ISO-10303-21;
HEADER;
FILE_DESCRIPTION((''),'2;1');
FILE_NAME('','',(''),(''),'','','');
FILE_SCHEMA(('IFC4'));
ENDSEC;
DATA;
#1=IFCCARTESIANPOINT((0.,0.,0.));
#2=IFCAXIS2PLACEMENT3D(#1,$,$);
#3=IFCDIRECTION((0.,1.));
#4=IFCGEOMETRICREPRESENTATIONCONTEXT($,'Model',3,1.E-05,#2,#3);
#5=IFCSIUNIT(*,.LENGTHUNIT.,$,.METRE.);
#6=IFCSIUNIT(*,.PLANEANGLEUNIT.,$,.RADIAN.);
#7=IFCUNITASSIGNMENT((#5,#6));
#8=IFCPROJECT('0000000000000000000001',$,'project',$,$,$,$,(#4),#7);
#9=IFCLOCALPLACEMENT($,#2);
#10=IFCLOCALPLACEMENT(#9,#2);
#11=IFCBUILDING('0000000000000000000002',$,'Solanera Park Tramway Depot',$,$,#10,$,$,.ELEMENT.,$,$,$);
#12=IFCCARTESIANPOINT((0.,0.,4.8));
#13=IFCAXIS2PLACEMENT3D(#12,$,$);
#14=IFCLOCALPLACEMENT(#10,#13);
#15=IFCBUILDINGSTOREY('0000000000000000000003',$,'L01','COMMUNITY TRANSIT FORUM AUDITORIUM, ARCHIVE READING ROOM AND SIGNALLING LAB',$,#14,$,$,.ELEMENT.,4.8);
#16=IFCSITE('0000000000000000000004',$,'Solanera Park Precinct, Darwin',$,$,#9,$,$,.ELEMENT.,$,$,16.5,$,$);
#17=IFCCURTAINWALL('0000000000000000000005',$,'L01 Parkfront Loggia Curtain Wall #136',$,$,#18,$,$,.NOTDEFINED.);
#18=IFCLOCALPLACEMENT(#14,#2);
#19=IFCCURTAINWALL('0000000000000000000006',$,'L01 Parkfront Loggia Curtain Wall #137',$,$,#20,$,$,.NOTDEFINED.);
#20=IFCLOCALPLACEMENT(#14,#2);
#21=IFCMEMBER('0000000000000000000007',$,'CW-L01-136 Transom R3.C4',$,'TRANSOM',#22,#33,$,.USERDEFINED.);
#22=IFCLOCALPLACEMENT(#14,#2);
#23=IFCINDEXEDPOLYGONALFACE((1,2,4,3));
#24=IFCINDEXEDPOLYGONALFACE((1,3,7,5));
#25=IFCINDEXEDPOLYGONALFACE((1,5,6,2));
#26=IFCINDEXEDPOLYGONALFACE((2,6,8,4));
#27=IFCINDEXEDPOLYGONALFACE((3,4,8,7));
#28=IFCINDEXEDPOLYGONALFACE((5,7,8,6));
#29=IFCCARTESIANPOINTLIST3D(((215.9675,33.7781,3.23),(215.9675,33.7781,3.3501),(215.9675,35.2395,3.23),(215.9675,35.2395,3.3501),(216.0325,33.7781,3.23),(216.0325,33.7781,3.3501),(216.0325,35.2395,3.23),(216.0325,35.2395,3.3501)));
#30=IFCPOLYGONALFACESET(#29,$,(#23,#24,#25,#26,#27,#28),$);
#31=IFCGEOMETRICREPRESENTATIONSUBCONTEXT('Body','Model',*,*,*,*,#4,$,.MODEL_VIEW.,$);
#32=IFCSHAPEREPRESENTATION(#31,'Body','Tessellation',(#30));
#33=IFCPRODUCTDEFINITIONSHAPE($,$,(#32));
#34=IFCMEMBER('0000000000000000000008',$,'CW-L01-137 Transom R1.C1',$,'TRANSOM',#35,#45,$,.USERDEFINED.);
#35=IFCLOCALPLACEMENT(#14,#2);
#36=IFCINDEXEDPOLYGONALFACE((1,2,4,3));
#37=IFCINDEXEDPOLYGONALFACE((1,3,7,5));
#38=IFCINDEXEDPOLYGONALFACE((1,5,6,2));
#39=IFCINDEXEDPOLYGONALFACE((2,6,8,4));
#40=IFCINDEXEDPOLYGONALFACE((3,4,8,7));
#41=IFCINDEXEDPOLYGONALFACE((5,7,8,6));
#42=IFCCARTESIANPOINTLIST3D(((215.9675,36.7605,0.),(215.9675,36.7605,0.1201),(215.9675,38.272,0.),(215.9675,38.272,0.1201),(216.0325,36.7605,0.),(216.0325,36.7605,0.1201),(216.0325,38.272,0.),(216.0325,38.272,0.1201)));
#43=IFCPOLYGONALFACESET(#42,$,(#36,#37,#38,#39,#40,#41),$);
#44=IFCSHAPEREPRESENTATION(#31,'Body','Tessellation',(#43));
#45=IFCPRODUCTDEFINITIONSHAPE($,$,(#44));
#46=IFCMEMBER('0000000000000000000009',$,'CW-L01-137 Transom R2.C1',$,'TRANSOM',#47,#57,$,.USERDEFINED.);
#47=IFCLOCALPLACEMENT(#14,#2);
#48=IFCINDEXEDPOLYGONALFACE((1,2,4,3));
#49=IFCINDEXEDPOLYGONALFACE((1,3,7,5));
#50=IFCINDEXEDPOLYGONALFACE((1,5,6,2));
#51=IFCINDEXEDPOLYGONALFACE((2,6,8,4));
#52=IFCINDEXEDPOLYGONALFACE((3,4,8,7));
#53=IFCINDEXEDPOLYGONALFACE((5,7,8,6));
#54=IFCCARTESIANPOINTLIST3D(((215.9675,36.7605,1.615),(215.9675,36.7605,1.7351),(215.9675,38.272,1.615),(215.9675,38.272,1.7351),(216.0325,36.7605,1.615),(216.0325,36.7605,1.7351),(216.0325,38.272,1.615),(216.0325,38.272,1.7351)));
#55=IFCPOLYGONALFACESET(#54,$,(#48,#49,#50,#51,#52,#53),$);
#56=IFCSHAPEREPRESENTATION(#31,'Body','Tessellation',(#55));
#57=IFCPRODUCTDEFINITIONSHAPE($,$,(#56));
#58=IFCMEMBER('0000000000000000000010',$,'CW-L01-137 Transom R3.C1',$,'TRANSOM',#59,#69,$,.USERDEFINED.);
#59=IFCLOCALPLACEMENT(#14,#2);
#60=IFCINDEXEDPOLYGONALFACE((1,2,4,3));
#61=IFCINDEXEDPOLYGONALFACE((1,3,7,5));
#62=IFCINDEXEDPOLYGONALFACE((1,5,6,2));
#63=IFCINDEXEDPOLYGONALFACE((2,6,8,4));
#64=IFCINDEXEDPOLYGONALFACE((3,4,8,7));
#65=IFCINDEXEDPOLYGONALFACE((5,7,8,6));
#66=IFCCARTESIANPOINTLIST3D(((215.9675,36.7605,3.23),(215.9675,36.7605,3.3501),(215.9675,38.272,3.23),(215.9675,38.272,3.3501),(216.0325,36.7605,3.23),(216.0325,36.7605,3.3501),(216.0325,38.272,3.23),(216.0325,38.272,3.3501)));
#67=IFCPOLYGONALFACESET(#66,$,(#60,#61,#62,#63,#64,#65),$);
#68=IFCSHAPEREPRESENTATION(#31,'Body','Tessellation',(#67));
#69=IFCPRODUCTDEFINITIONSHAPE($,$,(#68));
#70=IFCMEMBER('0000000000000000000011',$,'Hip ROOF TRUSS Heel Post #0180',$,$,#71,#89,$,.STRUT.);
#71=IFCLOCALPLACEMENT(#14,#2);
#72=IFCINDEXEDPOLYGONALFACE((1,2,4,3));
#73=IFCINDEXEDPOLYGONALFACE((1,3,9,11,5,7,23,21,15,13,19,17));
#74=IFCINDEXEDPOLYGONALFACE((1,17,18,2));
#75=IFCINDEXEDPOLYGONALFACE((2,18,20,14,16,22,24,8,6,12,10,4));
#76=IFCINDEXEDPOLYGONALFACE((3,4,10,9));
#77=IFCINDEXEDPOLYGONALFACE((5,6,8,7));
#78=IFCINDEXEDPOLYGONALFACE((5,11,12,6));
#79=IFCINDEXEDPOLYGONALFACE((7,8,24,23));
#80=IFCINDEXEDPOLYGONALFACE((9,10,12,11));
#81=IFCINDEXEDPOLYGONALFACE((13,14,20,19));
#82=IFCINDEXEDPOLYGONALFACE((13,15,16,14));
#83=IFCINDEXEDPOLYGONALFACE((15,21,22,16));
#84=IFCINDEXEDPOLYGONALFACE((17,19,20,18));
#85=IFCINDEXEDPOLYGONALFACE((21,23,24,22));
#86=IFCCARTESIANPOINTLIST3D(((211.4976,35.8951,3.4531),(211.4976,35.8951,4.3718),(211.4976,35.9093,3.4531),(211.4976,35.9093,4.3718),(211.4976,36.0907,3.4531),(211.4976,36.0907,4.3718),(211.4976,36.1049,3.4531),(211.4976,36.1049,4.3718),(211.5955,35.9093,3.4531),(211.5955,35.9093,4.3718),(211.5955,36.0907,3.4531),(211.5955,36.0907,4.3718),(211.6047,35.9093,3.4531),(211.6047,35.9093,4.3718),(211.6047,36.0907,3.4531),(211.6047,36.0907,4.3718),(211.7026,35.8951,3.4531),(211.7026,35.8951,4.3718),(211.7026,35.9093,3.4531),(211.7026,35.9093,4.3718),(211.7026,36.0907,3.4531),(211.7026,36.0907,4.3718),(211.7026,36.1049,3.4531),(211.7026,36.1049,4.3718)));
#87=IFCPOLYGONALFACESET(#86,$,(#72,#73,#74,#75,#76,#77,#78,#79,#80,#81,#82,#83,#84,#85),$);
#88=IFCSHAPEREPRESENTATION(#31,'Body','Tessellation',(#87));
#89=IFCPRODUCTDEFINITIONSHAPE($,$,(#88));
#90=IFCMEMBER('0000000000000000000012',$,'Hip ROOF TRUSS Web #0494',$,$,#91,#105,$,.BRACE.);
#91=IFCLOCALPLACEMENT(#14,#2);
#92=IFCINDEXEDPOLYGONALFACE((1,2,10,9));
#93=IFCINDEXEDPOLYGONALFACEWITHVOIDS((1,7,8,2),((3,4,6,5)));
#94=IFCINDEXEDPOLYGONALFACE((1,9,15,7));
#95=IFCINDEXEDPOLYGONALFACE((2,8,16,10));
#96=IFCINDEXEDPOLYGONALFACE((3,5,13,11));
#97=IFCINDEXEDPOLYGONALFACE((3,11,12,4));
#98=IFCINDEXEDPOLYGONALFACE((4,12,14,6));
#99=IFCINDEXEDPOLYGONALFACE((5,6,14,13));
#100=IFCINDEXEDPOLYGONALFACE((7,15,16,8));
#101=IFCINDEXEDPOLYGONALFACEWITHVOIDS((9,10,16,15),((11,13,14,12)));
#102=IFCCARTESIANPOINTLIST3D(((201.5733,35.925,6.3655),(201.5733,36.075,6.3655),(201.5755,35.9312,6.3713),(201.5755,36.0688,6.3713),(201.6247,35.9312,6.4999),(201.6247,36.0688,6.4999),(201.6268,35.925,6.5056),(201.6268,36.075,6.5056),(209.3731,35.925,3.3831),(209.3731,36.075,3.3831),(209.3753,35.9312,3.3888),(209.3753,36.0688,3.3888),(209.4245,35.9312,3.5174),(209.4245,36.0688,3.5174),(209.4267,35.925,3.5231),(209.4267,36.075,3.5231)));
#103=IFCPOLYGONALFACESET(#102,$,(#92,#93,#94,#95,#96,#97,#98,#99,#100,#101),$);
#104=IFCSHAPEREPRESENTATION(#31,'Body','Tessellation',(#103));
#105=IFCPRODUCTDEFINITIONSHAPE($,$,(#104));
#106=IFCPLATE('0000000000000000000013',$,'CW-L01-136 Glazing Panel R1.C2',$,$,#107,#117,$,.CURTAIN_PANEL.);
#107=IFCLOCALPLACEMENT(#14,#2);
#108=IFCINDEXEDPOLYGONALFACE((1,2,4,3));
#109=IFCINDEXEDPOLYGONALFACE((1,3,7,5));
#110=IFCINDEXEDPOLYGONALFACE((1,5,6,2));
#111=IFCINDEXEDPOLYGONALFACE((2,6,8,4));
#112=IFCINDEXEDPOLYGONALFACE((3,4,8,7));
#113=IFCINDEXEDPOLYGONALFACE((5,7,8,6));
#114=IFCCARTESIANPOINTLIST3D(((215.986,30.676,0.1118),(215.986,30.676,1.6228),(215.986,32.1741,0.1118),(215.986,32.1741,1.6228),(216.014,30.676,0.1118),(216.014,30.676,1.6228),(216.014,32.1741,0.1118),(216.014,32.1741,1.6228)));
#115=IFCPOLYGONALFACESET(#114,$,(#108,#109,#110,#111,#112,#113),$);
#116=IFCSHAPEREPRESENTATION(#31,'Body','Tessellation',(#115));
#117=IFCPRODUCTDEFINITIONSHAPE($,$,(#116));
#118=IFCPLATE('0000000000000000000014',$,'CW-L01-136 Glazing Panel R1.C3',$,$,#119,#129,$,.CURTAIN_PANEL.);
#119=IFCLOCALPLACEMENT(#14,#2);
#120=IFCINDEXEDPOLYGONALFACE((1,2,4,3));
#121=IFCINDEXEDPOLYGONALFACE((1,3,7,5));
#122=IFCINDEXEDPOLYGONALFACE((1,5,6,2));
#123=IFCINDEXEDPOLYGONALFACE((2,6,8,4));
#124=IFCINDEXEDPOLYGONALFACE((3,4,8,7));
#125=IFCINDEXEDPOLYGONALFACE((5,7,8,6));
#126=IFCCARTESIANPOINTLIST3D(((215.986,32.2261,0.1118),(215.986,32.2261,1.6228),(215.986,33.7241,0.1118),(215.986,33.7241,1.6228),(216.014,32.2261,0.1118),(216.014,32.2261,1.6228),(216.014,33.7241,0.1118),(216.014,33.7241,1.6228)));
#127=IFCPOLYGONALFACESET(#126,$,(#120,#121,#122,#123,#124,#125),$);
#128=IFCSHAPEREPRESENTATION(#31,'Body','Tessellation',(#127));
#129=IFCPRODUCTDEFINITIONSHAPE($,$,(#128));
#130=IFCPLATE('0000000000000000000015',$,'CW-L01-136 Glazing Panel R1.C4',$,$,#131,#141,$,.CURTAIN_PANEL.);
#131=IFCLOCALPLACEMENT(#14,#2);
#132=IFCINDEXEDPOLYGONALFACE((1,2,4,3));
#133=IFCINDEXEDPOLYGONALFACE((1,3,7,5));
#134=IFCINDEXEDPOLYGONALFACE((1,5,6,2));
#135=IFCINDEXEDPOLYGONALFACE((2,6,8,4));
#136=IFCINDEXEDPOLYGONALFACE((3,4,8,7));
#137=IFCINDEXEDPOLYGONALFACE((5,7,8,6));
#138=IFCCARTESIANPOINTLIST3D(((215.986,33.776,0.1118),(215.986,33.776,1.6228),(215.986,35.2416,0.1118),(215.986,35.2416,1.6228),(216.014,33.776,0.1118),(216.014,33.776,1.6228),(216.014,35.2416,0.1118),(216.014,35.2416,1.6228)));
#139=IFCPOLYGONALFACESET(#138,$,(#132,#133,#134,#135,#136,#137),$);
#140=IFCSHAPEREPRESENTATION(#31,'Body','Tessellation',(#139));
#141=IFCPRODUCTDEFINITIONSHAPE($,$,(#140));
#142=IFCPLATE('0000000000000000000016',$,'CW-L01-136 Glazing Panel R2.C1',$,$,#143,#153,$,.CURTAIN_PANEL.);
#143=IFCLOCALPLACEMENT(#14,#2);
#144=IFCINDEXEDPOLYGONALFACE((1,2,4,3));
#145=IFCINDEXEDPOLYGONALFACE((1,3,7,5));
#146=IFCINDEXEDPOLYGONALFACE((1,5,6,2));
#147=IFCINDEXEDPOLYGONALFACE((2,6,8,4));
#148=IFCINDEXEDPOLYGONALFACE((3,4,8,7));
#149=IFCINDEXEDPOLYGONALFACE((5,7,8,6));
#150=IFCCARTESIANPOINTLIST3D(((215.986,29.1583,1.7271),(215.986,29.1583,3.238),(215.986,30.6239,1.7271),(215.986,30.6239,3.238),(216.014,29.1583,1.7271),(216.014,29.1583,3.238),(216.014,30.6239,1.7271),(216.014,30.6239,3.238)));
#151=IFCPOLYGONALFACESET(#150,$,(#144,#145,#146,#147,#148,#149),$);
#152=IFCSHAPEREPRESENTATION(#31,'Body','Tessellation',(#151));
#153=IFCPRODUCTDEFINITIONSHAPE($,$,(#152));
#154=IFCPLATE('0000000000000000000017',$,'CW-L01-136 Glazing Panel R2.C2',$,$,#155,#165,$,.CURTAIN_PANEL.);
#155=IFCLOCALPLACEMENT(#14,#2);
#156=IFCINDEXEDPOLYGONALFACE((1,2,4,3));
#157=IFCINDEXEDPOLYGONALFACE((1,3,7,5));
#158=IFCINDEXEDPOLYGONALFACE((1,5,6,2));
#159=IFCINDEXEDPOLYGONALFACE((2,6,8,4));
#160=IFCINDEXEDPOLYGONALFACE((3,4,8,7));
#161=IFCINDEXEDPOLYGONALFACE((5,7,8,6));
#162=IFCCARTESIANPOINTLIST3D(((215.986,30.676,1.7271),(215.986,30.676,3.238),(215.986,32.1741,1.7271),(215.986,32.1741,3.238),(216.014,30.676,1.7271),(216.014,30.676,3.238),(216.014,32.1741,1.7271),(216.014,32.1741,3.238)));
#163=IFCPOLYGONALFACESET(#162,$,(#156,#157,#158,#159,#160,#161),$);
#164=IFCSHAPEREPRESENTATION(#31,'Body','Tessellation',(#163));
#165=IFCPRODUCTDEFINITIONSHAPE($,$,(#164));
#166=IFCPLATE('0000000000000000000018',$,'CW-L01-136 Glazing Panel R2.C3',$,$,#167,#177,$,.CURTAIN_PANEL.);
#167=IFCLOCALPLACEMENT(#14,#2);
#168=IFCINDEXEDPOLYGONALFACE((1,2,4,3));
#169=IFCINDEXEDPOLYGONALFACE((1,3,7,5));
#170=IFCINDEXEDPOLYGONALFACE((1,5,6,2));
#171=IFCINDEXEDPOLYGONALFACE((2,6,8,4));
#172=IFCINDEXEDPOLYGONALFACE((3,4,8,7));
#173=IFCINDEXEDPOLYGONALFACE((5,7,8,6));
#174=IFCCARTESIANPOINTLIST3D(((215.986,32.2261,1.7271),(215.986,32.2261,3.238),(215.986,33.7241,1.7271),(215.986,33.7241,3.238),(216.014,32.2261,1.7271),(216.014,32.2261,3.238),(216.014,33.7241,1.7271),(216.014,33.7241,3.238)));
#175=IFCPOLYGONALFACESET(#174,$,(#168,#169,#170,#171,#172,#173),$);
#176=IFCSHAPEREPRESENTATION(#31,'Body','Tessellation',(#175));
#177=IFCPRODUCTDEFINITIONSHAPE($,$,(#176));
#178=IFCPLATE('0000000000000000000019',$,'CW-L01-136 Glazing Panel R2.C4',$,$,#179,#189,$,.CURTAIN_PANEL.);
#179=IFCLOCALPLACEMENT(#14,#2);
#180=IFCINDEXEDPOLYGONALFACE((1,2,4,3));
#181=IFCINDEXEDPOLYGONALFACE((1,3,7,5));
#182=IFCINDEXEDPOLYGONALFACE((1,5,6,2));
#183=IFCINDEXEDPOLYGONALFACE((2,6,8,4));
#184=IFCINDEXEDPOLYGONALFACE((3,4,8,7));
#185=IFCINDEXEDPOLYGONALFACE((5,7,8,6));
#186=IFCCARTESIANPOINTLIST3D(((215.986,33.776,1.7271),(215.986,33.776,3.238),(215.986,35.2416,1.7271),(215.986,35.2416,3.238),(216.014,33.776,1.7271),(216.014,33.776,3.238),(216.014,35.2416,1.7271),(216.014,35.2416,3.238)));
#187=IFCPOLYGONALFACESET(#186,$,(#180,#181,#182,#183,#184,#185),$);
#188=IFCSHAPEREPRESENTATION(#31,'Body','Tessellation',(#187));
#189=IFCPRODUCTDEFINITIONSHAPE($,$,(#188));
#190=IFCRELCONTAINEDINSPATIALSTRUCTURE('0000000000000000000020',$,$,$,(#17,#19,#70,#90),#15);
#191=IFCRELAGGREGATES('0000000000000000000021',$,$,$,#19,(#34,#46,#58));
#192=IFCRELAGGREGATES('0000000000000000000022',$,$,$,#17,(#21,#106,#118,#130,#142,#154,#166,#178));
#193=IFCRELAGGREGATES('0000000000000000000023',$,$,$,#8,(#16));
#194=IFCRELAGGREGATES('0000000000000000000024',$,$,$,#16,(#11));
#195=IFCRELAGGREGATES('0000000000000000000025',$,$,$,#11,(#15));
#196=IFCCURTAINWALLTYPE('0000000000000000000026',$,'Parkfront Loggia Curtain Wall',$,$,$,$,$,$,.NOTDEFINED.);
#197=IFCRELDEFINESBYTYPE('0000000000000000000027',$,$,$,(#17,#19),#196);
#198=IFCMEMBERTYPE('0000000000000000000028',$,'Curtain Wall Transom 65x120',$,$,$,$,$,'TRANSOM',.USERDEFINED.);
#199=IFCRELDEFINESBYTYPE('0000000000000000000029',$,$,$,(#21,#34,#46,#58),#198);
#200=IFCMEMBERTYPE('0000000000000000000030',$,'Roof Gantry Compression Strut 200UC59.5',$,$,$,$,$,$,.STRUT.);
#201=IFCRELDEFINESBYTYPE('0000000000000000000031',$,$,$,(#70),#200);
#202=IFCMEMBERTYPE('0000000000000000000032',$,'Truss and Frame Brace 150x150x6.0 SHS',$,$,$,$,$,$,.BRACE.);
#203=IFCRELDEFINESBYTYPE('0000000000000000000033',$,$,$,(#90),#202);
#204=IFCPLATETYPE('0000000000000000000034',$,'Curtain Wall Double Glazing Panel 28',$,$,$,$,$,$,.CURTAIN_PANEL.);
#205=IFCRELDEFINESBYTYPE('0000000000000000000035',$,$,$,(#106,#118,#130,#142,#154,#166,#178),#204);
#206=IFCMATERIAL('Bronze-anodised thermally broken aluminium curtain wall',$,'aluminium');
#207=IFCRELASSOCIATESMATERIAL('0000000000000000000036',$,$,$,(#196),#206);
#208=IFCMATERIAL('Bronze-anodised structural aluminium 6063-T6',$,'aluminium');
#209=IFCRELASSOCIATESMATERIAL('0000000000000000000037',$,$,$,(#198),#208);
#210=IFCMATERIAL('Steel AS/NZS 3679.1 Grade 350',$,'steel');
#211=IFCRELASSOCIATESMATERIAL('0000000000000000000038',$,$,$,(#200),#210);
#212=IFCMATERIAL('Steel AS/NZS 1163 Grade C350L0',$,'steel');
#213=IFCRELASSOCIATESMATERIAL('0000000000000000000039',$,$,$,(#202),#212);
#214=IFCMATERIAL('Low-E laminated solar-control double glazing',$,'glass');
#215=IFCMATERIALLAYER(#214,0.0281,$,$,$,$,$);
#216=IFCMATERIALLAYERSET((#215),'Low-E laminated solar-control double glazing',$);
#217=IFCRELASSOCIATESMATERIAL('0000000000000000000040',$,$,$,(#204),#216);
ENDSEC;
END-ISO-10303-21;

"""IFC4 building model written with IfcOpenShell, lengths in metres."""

from ifc_helpers import new_model, si_unit, direction, frame, origin, origin_2d, place, context, subcontext, project, spatial, rectangle, hollow_rectangle, i_section, extrude, material, layer, layer_set, material_profile, profile_set, type_object, element, aggregate, save


model = new_model("IFC4")

# Units and contexts
model_context = context("Model", 3, precision=1e-05, world=origin(), true_north=direction((0.0, 1.0)))
body_context = subcontext(model_context, "Body", "Model", "MODEL_VIEW")
ifc_project = project(units=[si_unit("LENGTHUNIT", "METRE"), si_unit("PLANEANGLEUNIT", "RADIAN")], contexts=[model_context])

# Site, building, storey
site_placement = place(None, origin())
site = spatial("IfcSite", under=ifc_project, at=site_placement, Name="Solanera Park Precinct, Darwin", CompositionType="ELEMENT", RefElevation=16.5)
building_placement = place(site_placement, origin())
building = spatial("IfcBuilding", under=site, at=building_placement, Name="Solanera Park Tramway Depot", CompositionType="ELEMENT")
storey_placement = place(building_placement, frame((0.0, 0.0, 4.8)))
storey = spatial("IfcBuildingStorey", under=building, at=storey_placement, Name="L01", Description="COMMUNITY TRANSIT FORUM AUDITORIUM, ARCHIVE READING ROOM AND SIGNALLING LAB", CompositionType="ELEMENT", Elevation=4.8)

# Curtain wall
ifc_material_1 = material(Name="Bronze-anodised thermally broken aluminium curtain wall", Category="aluminium")
curtain_wall_type = type_object("IfcCurtainWallType", Name="Parkfront Loggia Curtain Wall", PredefinedType="NOTDEFINED", material=ifc_material_1)
curtain_wall_1_placement = place(storey_placement, origin())
curtain_wall_1 = element("IfcCurtainWall", 1, at=curtain_wall_1_placement, inside=storey, type_object=curtain_wall_type, Name="L01 Parkfront Loggia Curtain Wall #136", PredefinedType="NOTDEFINED")

# Curtain wall
curtain_wall_2_placement = place(storey_placement, origin())
curtain_wall_2 = element("IfcCurtainWall", 2, at=curtain_wall_2_placement, inside=storey, type_object=curtain_wall_type, Name="L01 Parkfront Loggia Curtain Wall #137", PredefinedType="NOTDEFINED")

# Members
ifc_material_2 = material(Name="Bronze-anodised structural aluminium 6063-T6", Category="aluminium")
ifc_material_profile_1 = material_profile(ifc_material_2, rectangle(XDim=0.0649, YDim=0.1201, at=origin_2d()), Name="Curtain Wall Transom 65x120")
ifc_profile_set_1 = profile_set([ifc_material_profile_1], Name="Bronze-anodised structural aluminium 6063-T6")
member_type_1 = type_object("IfcMemberType", Name="Curtain Wall Transom 65x120", ElementType="TRANSOM", PredefinedType="USERDEFINED", material=ifc_profile_set_1)
member_1_placement = place(storey_placement, frame((216.0, 33.7781, 3.29), z_axis=(0.0, 1.0, 0.0), x_axis=(-1.0, 0.0, 0.0)))
member_1 = element("IfcMember", 3, at=member_1_placement, type_object=member_type_1, Name="CW-L01-136 Transom R3.C4", ObjectType="TRANSOM", PredefinedType="USERDEFINED", context=body_context, shape_type="SweptSolid", body=[
    extrude(rectangle(XDim=0.0649, YDim=0.1201, at=origin_2d()), origin(), (0.0, 0.0, 1.0), 1.4614),
])
member_2_placement = place(storey_placement, frame((216.0, 36.7605, 0.0601), z_axis=(0.0, 1.0, 0.0), x_axis=(-1.0, 0.0, 0.0)))
member_2 = element("IfcMember", 4, at=member_2_placement, type_object=member_type_1, Name="CW-L01-137 Transom R1.C1", ObjectType="TRANSOM", PredefinedType="USERDEFINED", context=body_context, shape_type="SweptSolid", body=[
    extrude(rectangle(XDim=0.0649, YDim=0.1201, at=origin_2d()), origin(), (0.0, 0.0, 1.0), 1.5115),
])
member_3_placement = place(storey_placement, frame((216.0, 36.7605, 1.675), z_axis=(0.0, 1.0, 0.0), x_axis=(-1.0, 0.0, 0.0)))
member_3 = element("IfcMember", 5, at=member_3_placement, type_object=member_type_1, Name="CW-L01-137 Transom R2.C1", ObjectType="TRANSOM", PredefinedType="USERDEFINED", context=body_context, shape_type="SweptSolid", body=[
    extrude(rectangle(XDim=0.0649, YDim=0.1201, at=origin_2d()), origin(), (0.0, 0.0, 1.0), 1.5115),
])
member_4_placement = place(storey_placement, frame((216.0, 36.7605, 3.29), z_axis=(0.0, 1.0, 0.0), x_axis=(-1.0, 0.0, 0.0)))
member_4 = element("IfcMember", 6, at=member_4_placement, type_object=member_type_1, Name="CW-L01-137 Transom R3.C1", ObjectType="TRANSOM", PredefinedType="USERDEFINED", context=body_context, shape_type="SweptSolid", body=[
    extrude(rectangle(XDim=0.0649, YDim=0.1201, at=origin_2d()), origin(), (0.0, 0.0, 1.0), 1.5115),
])
aggregate(curtain_wall_2, [member_2, member_3, member_4])

# Members
ifc_material_3 = material(Name="Steel AS/NZS 3679.1 Grade 350", Category="steel")
ifc_material_profile_2 = material_profile(ifc_material_3, i_section(OverallWidth=0.2051, OverallDepth=0.2097, WebThickness=0.0093, FlangeThickness=0.0142, at=origin_2d()), Name="200UC59.5")
ifc_profile_set_2 = profile_set([ifc_material_profile_2], Name="Steel AS/NZS 3679.1 Grade 350")
member_type_2 = type_object("IfcMemberType", Name="Roof Gantry Compression Strut 200UC59.5", PredefinedType="STRUT", material=ifc_profile_set_2)
member_5_placement = place(storey_placement, frame((211.6001, 36.0, 3.4531), z_axis=(0.0, 0.0, 1.0), x_axis=(1.0, 0.0, 0.0)))
element("IfcMember", 7, at=member_5_placement, inside=storey, type_object=member_type_2, Name="Hip ROOF TRUSS Heel Post #0180", PredefinedType="STRUT", context=body_context, shape_type="SweptSolid", body=[
    extrude(i_section(OverallWidth=0.2051, OverallDepth=0.2097, WebThickness=0.0093, FlangeThickness=0.0142, at=origin_2d()), origin(), (0.0, 0.0, 1.0), 0.9187),
])
ifc_material_4 = material(Name="Steel AS/NZS 1163 Grade C350L0", Category="steel")
ifc_material_profile_3 = material_profile(ifc_material_4, hollow_rectangle(XDim=0.1499, YDim=0.1499, WallThickness=0.0061, at=origin_2d()), Name="150x150x6.0 SHS")
ifc_profile_set_3 = profile_set([ifc_material_profile_3], Name="Steel AS/NZS 1163 Grade C350L0")
member_type_3 = type_object("IfcMemberType", Name="Truss and Frame Brace 150x150x6.0 SHS", PredefinedType="BRACE", material=ifc_profile_set_3)
member_6_placement = place(storey_placement, frame((209.3999, 36.0, 3.4531), z_axis=(-0.934046, 0.0, 0.357152), x_axis=(0.0, -1.0, 0.0)))
element("IfcMember", 8, at=member_6_placement, inside=storey, type_object=member_type_3, Name="Hip ROOF TRUSS Web #0494", PredefinedType="BRACE", context=body_context, shape_type="SweptSolid", body=[
    extrude(hollow_rectangle(XDim=0.1499, YDim=0.1499, WallThickness=0.0061, at=origin_2d()), origin(), (0.0, 0.0, 1.0), 8.3506),
])

# Plates
ifc_material_5 = material(Name="Low-E laminated solar-control double glazing", Category="glass")
ifc_layer_1 = layer(ifc_material_5, 0.0281)
ifc_layer_set_1 = layer_set([ifc_layer_1], Name="Low-E laminated solar-control double glazing")
plate_type_1 = type_object("IfcPlateType", Name="Curtain Wall Double Glazing Panel 28", PredefinedType="CURTAIN_PANEL", material=ifc_layer_set_1)
plate_1_placement = place(storey_placement, frame((216.0, 31.425, 0.1118), z_axis=(0.0, 0.0, 1.0), x_axis=(0.0, 1.0, 0.0)))
plate_1 = element("IfcPlate", 9, at=plate_1_placement, type_object=plate_type_1, Name="CW-L01-136 Glazing Panel R1.C2", PredefinedType="CURTAIN_PANEL", context=body_context, shape_type="SweptSolid", body=[
    extrude(rectangle(XDim=1.498, YDim=0.0281, at=origin_2d()), origin(), (0.0, 0.0, 1.0), 1.511),
])
plate_2_placement = place(storey_placement, frame((216.0, 32.9751, 0.1118), z_axis=(0.0, 0.0, 1.0), x_axis=(0.0, 1.0, 0.0)))
plate_2 = element("IfcPlate", 10, at=plate_2_placement, type_object=plate_type_1, Name="CW-L01-136 Glazing Panel R1.C3", PredefinedType="CURTAIN_PANEL", context=body_context, shape_type="SweptSolid", body=[
    extrude(rectangle(XDim=1.498, YDim=0.0281, at=origin_2d()), origin(), (0.0, 0.0, 1.0), 1.511),
])
plate_3_placement = place(storey_placement, frame((216.0, 34.5088, 0.1118), z_axis=(0.0, 0.0, 1.0), x_axis=(0.0, 1.0, 0.0)))
plate_3 = element("IfcPlate", 11, at=plate_3_placement, type_object=plate_type_1, Name="CW-L01-136 Glazing Panel R1.C4", PredefinedType="CURTAIN_PANEL", context=body_context, shape_type="SweptSolid", body=[
    extrude(rectangle(XDim=1.4656, YDim=0.0281, at=origin_2d()), origin(), (0.0, 0.0, 1.0), 1.511),
])
plate_4_placement = place(storey_placement, frame((216.0, 29.8911, 1.7271), z_axis=(0.0, 0.0, 1.0), x_axis=(0.0, 1.0, 0.0)))
plate_4 = element("IfcPlate", 12, at=plate_4_placement, type_object=plate_type_1, Name="CW-L01-136 Glazing Panel R2.C1", PredefinedType="CURTAIN_PANEL", context=body_context, shape_type="SweptSolid", body=[
    extrude(rectangle(XDim=1.4656, YDim=0.0281, at=origin_2d()), origin(), (0.0, 0.0, 1.0), 1.511),
])
plate_5_placement = place(storey_placement, frame((216.0, 31.425, 1.7271), z_axis=(0.0, 0.0, 1.0), x_axis=(0.0, 1.0, 0.0)))
plate_5 = element("IfcPlate", 13, at=plate_5_placement, type_object=plate_type_1, Name="CW-L01-136 Glazing Panel R2.C2", PredefinedType="CURTAIN_PANEL", context=body_context, shape_type="SweptSolid", body=[
    extrude(rectangle(XDim=1.498, YDim=0.0281, at=origin_2d()), origin(), (0.0, 0.0, 1.0), 1.511),
])
plate_6_placement = place(storey_placement, frame((216.0, 32.9751, 1.7271), z_axis=(0.0, 0.0, 1.0), x_axis=(0.0, 1.0, 0.0)))
plate_6 = element("IfcPlate", 14, at=plate_6_placement, type_object=plate_type_1, Name="CW-L01-136 Glazing Panel R2.C3", PredefinedType="CURTAIN_PANEL", context=body_context, shape_type="SweptSolid", body=[
    extrude(rectangle(XDim=1.498, YDim=0.0281, at=origin_2d()), origin(), (0.0, 0.0, 1.0), 1.511),
])
plate_7_placement = place(storey_placement, frame((216.0, 34.5088, 1.7271), z_axis=(0.0, 0.0, 1.0), x_axis=(0.0, 1.0, 0.0)))
plate_7 = element("IfcPlate", 15, at=plate_7_placement, type_object=plate_type_1, Name="CW-L01-136 Glazing Panel R2.C4", PredefinedType="CURTAIN_PANEL", context=body_context, shape_type="SweptSolid", body=[
    extrude(rectangle(XDim=1.4656, YDim=0.0281, at=origin_2d()), origin(), (0.0, 0.0, 1.0), 1.511),
])
aggregate(curtain_wall_1, [member_1, plate_1, plate_2, plate_3, plate_4, plate_5, plate_6, plate_7])

save(model, "model.ifc")
